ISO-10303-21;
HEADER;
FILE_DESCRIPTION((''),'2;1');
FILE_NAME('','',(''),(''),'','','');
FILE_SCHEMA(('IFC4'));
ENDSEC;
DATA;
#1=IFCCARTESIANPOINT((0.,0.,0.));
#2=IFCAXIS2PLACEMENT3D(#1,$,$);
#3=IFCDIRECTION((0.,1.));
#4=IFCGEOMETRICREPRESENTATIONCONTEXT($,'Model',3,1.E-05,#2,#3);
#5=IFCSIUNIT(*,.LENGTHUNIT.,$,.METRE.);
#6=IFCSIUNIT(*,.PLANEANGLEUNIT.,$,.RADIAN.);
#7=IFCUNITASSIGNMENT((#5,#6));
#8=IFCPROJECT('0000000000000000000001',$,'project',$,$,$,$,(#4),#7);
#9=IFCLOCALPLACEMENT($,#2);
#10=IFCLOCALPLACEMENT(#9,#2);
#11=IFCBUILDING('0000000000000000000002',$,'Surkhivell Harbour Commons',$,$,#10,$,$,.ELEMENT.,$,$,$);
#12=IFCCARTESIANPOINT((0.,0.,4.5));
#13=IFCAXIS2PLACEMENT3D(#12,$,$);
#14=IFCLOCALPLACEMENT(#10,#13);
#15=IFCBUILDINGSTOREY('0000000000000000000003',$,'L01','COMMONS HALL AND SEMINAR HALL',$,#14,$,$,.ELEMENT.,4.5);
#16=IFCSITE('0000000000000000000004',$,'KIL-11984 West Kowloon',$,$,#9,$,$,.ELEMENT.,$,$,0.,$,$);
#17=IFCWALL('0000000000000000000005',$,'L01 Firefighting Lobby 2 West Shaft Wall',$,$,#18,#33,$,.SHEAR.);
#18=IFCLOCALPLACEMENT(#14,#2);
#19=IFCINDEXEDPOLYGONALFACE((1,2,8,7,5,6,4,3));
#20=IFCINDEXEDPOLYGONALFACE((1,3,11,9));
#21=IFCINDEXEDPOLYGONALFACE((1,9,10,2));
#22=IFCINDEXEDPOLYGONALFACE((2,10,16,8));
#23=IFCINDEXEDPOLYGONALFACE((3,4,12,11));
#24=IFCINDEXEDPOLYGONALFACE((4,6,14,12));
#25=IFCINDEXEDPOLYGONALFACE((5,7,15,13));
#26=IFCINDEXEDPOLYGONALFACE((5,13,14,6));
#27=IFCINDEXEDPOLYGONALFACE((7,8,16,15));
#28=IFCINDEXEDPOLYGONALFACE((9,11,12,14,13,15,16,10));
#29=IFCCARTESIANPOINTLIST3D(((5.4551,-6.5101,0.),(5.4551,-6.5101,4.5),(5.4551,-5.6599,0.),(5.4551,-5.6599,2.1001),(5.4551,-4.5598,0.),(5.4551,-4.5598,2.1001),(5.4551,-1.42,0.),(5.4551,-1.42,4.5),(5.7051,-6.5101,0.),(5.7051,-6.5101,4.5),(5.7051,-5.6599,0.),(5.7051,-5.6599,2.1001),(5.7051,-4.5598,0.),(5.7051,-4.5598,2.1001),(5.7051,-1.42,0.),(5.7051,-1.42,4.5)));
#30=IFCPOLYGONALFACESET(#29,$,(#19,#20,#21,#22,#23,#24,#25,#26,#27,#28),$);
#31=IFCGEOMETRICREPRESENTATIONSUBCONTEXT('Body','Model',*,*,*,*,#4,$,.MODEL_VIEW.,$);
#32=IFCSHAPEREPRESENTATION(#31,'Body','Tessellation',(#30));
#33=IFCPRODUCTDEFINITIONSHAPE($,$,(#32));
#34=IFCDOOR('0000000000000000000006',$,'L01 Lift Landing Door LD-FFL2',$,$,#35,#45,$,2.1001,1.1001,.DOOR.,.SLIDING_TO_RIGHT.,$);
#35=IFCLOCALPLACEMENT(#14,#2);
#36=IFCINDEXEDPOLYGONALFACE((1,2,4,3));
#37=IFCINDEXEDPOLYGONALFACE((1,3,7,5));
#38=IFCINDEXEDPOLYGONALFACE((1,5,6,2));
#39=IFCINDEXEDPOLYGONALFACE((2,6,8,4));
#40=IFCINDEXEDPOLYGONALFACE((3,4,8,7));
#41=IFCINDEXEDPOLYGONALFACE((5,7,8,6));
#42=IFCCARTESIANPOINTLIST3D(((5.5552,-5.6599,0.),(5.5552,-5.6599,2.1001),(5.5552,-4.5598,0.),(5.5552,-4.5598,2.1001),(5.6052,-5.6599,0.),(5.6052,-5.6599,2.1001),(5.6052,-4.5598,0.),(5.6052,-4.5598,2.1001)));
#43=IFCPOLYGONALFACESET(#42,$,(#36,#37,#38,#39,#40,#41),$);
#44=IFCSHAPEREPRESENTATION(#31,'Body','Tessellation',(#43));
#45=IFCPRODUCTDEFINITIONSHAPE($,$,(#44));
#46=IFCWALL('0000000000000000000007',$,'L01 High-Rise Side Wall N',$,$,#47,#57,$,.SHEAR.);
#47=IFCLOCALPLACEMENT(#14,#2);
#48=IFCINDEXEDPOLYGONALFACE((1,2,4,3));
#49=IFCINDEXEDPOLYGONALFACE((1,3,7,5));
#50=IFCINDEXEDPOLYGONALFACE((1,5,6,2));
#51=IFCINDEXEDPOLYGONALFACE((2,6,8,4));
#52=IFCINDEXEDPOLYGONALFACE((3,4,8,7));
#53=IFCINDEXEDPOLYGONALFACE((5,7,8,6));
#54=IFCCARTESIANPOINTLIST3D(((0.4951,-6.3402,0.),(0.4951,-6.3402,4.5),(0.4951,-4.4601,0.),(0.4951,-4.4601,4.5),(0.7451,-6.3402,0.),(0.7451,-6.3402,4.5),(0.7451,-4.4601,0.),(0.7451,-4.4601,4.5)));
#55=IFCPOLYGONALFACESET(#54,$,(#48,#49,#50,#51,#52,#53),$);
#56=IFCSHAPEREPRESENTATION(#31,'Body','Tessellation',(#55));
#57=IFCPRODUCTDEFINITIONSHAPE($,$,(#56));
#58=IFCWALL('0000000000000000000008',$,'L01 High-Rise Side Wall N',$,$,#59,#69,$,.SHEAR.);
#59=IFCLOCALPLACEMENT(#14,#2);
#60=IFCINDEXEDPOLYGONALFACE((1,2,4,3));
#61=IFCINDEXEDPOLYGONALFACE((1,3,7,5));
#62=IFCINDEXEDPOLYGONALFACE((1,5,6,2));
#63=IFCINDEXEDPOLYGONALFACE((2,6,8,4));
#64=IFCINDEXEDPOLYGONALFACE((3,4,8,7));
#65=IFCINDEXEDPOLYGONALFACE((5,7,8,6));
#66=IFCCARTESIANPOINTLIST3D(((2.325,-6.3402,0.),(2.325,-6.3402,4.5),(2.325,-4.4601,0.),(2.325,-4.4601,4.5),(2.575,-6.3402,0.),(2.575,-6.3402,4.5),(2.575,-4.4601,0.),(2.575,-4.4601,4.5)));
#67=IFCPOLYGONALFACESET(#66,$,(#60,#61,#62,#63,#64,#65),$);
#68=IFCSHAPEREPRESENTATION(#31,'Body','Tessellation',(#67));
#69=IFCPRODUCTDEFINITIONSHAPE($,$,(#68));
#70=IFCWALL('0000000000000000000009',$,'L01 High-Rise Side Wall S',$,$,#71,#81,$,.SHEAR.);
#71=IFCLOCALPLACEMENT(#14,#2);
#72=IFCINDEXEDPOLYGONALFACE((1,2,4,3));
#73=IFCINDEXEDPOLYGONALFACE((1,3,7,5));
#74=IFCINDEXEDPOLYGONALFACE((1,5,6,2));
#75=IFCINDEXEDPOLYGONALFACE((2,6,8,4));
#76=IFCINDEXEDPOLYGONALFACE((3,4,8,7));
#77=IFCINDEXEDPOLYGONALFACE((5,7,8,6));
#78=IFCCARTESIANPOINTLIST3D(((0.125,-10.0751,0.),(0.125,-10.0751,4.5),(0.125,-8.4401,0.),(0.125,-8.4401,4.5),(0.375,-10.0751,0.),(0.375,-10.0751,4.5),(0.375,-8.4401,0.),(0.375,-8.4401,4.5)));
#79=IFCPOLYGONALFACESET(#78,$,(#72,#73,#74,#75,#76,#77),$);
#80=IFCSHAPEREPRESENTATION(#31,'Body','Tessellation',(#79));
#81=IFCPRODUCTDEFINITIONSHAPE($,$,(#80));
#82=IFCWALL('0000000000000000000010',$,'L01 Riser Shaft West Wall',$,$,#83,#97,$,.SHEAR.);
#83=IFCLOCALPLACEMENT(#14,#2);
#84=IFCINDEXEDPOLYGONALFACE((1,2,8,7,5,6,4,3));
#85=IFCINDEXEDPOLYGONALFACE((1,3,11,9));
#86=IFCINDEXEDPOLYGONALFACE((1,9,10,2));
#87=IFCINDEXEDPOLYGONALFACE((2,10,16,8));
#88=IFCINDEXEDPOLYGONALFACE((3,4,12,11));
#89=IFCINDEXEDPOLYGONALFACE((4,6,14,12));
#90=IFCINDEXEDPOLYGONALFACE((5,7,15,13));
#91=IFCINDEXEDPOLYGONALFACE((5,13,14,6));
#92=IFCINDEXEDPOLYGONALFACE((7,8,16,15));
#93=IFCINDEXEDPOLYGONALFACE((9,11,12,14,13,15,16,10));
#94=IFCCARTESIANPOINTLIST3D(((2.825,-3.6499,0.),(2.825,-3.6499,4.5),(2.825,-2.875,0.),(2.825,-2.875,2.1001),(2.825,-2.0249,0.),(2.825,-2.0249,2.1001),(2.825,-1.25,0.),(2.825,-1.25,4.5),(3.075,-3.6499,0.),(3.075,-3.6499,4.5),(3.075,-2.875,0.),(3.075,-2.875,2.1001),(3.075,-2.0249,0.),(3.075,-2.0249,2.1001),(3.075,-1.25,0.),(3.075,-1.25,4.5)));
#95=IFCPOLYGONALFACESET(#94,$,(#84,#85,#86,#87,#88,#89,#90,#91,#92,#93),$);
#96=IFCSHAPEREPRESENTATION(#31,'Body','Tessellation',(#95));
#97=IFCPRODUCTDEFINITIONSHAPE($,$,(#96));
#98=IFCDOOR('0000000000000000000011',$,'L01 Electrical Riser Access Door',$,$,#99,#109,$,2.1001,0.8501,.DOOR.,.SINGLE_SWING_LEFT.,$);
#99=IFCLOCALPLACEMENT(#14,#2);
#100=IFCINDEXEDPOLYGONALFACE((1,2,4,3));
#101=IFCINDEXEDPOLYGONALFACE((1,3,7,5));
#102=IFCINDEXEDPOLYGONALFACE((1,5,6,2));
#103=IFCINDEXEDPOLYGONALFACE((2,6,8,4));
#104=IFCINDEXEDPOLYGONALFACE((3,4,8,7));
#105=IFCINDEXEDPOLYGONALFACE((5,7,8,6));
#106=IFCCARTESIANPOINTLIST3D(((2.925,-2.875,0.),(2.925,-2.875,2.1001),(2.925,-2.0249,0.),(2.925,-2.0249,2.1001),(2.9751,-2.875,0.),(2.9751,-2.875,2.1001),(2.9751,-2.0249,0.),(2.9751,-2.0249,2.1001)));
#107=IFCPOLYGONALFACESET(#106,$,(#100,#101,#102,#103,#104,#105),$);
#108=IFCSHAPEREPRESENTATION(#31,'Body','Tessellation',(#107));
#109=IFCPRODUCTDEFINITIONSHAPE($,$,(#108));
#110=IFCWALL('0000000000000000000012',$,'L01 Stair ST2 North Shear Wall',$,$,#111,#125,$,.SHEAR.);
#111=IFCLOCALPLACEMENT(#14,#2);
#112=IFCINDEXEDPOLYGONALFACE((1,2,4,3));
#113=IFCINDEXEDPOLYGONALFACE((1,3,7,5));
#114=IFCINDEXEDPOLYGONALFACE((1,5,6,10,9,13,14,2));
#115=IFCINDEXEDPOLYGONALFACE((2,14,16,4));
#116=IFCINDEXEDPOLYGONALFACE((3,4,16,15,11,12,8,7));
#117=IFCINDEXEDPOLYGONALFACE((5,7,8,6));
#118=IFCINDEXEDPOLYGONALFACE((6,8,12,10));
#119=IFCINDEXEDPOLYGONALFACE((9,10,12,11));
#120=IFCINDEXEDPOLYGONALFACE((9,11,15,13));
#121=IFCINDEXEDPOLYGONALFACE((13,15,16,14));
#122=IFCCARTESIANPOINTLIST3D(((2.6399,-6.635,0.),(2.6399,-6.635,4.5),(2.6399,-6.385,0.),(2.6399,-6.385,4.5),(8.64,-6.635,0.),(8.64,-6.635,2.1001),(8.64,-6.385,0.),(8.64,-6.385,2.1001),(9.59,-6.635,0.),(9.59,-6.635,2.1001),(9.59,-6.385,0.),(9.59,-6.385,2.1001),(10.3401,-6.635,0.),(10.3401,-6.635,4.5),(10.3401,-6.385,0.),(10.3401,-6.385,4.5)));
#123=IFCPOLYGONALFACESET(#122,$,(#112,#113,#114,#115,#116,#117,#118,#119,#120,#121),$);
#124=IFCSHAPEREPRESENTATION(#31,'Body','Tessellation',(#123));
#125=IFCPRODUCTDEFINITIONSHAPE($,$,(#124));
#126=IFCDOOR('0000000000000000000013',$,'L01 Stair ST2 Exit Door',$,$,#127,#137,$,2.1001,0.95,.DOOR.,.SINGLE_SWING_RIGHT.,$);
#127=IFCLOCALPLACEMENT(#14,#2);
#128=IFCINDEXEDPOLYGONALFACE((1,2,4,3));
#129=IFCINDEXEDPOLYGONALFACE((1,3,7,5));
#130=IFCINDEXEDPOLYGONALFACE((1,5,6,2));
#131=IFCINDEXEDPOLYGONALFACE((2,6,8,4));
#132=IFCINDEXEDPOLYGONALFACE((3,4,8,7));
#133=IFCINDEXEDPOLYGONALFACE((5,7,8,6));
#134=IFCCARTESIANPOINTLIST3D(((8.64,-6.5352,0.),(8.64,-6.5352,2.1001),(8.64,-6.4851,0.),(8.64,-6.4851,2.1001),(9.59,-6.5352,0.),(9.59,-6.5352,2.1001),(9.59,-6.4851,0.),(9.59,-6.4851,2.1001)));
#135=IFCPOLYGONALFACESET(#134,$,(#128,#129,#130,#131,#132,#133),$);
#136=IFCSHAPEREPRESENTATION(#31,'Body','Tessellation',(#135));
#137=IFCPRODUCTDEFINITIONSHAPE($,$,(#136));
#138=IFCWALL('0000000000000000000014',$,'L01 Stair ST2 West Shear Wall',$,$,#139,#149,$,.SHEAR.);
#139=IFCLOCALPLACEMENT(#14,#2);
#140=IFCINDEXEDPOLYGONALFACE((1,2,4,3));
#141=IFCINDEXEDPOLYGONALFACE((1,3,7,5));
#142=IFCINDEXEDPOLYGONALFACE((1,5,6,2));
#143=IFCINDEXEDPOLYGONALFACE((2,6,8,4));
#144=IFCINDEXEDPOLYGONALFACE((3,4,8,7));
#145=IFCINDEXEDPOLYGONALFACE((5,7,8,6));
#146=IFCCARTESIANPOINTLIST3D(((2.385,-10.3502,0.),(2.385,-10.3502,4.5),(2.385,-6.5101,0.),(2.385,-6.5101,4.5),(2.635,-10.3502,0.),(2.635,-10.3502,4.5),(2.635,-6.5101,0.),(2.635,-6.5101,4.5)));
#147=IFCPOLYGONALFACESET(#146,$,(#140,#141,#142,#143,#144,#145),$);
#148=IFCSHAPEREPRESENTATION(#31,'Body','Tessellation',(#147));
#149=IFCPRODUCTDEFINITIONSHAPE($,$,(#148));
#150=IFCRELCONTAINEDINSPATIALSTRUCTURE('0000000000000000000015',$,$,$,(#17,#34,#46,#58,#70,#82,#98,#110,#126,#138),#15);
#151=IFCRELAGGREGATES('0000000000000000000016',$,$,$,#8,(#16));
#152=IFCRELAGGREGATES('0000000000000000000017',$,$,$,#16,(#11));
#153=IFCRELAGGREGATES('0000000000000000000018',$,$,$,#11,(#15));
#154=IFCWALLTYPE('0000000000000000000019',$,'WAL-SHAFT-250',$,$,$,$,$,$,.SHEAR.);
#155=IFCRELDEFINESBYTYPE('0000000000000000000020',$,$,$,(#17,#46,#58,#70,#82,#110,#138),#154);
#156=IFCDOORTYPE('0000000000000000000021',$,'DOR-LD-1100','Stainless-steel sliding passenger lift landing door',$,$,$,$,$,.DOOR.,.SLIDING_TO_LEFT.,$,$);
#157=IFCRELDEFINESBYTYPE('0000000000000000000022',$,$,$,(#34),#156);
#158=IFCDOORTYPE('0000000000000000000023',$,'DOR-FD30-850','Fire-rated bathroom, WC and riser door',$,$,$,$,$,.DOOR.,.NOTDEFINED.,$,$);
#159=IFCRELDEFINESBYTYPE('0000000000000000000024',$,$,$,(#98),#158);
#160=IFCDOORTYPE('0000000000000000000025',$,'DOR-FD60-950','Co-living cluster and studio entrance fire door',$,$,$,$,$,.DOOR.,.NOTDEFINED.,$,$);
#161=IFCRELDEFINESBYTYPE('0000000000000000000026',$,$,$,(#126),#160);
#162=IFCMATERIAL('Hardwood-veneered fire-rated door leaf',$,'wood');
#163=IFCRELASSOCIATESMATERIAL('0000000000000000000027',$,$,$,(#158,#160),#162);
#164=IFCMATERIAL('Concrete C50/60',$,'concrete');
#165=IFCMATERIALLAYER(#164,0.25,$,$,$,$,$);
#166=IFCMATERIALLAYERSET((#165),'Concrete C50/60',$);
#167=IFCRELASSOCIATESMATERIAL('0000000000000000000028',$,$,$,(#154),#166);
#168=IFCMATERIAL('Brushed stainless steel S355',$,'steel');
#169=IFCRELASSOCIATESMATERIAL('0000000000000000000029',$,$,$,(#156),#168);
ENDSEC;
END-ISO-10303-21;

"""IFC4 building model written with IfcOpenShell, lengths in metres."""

from ifc_helpers import new_model, si_unit, direction, frame, frame_2d, origin, place, context, subcontext, project, spatial, rectangle, extrude, material, layer, layer_set, type_object, element, fill, save


model = new_model("IFC4")

# Units and contexts
model_context = context("Model", 3, precision=1e-05, world=origin(), true_north=direction((0.0, 1.0)))
body_context = subcontext(model_context, "Body", "Model", "MODEL_VIEW")
ifc_project = project(units=[si_unit("LENGTHUNIT", "METRE"), si_unit("PLANEANGLEUNIT", "RADIAN")], contexts=[model_context])

# Site, building, storey
site_placement = place(None, origin())
site = spatial("IfcSite", under=ifc_project, at=site_placement, Name="KIL-11984 West Kowloon", CompositionType="ELEMENT", RefElevation=0.0)
building_placement = place(site_placement, origin())
building = spatial("IfcBuilding", under=site, at=building_placement, Name="Surkhivell Harbour Commons", CompositionType="ELEMENT")
storey_placement = place(building_placement, frame((0.0, 0.0, 4.5)))
storey = spatial("IfcBuildingStorey", under=building, at=storey_placement, Name="L01", Description="COMMONS HALL AND SEMINAR HALL", CompositionType="ELEMENT", Elevation=4.5)

# Shared definitions
ifc_material_1 = material(Name="Hardwood-veneered fire-rated door leaf", Category="wood")

# Shared definitions
door_type_1 = type_object("IfcDoorType", Name="DOR-FD30-850", Description="Fire-rated bathroom, WC and riser door", OperationType="NOTDEFINED", PredefinedType="DOOR", material=ifc_material_1)

# Shared definitions
ifc_material_2 = material(Name="Concrete C50/60", Category="concrete")
ifc_layer_1 = layer(ifc_material_2, 0.25)
ifc_layer_set_1 = layer_set([ifc_layer_1], Name="Concrete C50/60")
wall_type_1 = type_object("IfcWallType", Name="WAL-SHAFT-250", PredefinedType="SHEAR", material=ifc_layer_set_1)

# Wall, opening, door
wall_1_placement = place(storey_placement, frame((5.5801, -6.51, 0.0), z_axis=(0.0, 0.0, 1.0), x_axis=(0.0, 1.0, 0.0)))
wall_1 = element("IfcWall", 1, at=wall_1_placement, inside=storey, type_object=wall_type_1, Name="L01 Firefighting Lobby 2 West Shaft Wall", PredefinedType="SHEAR", context=body_context, shape_type="SweptSolid", body=[
    extrude(rectangle(XDim=5.0901, YDim=0.25, at=frame_2d((2.5449, 0.0))), origin(), (0.0, 0.0, 1.0), 4.5),
])
opening_1_placement = place(wall_1_placement, frame((0.8501, 0.0, 0.0)))
opening_1 = element("IfcOpeningElement", 2, at=opening_1_placement, cuts=wall_1, PredefinedType="OPENING", context=body_context, shape_type="SweptSolid", body=[
    extrude(rectangle(XDim=1.1001, YDim=2.1001, at=frame_2d((0.55, 1.05))), frame((0.0, 0.135, 0.0), z_axis=(0.0, -1.0, 0.0), x_axis=(1.0, 0.0, 0.0)), (0.0, 0.0, 1.0), 0.27),
])
ifc_material_3 = material(Name="Brushed stainless steel S355", Category="steel")
door_type_2 = type_object("IfcDoorType", Name="DOR-LD-1100", Description="Stainless-steel sliding passenger lift landing door", OperationType="SLIDING_TO_LEFT", PredefinedType="DOOR", material=ifc_material_3)
door_1_placement = place(opening_1_placement, origin())
door_1 = element("IfcDoor", 3, at=door_1_placement, inside=storey, type_object=door_type_2, Name="L01 Lift Landing Door LD-FFL2", OperationType="SLIDING_TO_RIGHT", OverallHeight=2.1001, OverallWidth=1.1001, PredefinedType="DOOR", context=body_context, shape_type="SweptSolid", body=[
    extrude(rectangle(XDim=1.1001, YDim=2.1001, at=frame_2d((0.55, 1.05))), frame((0.0, 0.0249, 0.0), z_axis=(0.0, -1.0, 0.0), x_axis=(1.0, 0.0, 0.0)), (0.0, 0.0, 1.0), 0.05),
])
fill(opening_1, door_1)

# Walls
for number, where, z_axis, x_axis, name in (
    (4, (0.6201, -6.3401, 0.0), (0.0, 0.0, 1.0), (0.0, 1.0, 0.0), "L01 High-Rise Side Wall N"),
    (5, (2.45, -6.3401, 0.0), (0.0, 0.0, 1.0), (0.0, 1.0, 0.0), "L01 High-Rise Side Wall N"),
):
    element("IfcWall", number, at=place(storey_placement, frame(where, z_axis=z_axis, x_axis=x_axis)), inside=storey, type_object=wall_type_1, Name=name, PredefinedType="SHEAR", context=body_context, shape_type="SweptSolid", body=[
        extrude(rectangle(XDim=1.8801, YDim=0.25, at=frame_2d((0.9399, 0.0))), origin(), (0.0, 0.0, 1.0), 4.5),
    ])
wall_2_placement = place(storey_placement, frame((0.25, -10.075, 0.0), z_axis=(0.0, 0.0, 1.0), x_axis=(0.0, 1.0, 0.0)))
element("IfcWall", 6, at=wall_2_placement, inside=storey, type_object=wall_type_1, Name="L01 High-Rise Side Wall S", PredefinedType="SHEAR", context=body_context, shape_type="SweptSolid", body=[
    extrude(rectangle(XDim=1.635, YDim=0.25, at=frame_2d((0.8174, 0.0))), origin(), (0.0, 0.0, 1.0), 4.5),
])

# Walls, openings, doors
wall_3_placement = place(storey_placement, frame((2.95, -3.6499, 0.0), z_axis=(0.0, 0.0, 1.0), x_axis=(0.0, 1.0, 0.0)))
wall_3 = element("IfcWall", 7, at=wall_3_placement, inside=storey, type_object=wall_type_1, Name="L01 Riser Shaft West Wall", PredefinedType="SHEAR", context=body_context, shape_type="SweptSolid", body=[
    extrude(rectangle(XDim=2.3999, YDim=0.25, at=frame_2d((1.2, 0.0))), origin(), (0.0, 0.0, 1.0), 4.5),
])
opening_2_placement = place(wall_3_placement, frame((0.7749, 0.0, 0.0)))
opening_2 = element("IfcOpeningElement", 8, at=opening_2_placement, cuts=wall_3, PredefinedType="OPENING", context=body_context, shape_type="SweptSolid", body=[
    extrude(rectangle(XDim=0.8501, YDim=2.1001, at=frame_2d((0.425, 1.05))), frame((0.0, 0.135, 0.0), z_axis=(0.0, -1.0, 0.0), x_axis=(1.0, 0.0, 0.0)), (0.0, 0.0, 1.0), 0.27),
])
door_2_placement = place(opening_2_placement, origin())
door_2 = element("IfcDoor", 9, at=door_2_placement, inside=storey, type_object=door_type_1, Name="L01 Electrical Riser Access Door", OperationType="SINGLE_SWING_LEFT", OverallHeight=2.1001, OverallWidth=0.8501, PredefinedType="DOOR", context=body_context, shape_type="SweptSolid", body=[
    extrude(rectangle(XDim=0.8501, YDim=2.1001, at=frame_2d((0.425, 1.05))), frame((0.0, 0.0249, 0.0), z_axis=(0.0, -1.0, 0.0), x_axis=(1.0, 0.0, 0.0)), (0.0, 0.0, 1.0), 0.05),
])
fill(opening_2, door_2)
wall_4_placement = place(storey_placement, frame((2.6399, -6.51, 0.0), z_axis=(0.0, 0.0, 1.0), x_axis=(1.0, 0.0, 0.0)))
wall_4 = element("IfcWall", 10, at=wall_4_placement, inside=storey, type_object=wall_type_1, Name="L01 Stair ST2 North Shear Wall", PredefinedType="SHEAR", context=body_context, shape_type="SweptSolid", body=[
    extrude(rectangle(XDim=7.7002, YDim=0.25, at=frame_2d((3.8501, 0.0))), origin(), (0.0, 0.0, 1.0), 4.5),
])
opening_3_placement = place(wall_4_placement, frame((6.0, 0.0, 0.0)))
opening_3 = element("IfcOpeningElement", 11, at=opening_3_placement, cuts=wall_4, PredefinedType="OPENING", context=body_context, shape_type="SweptSolid", body=[
    extrude(rectangle(XDim=0.95, YDim=2.1001, at=frame_2d((0.4751, 1.05))), frame((0.0, 0.135, 0.0), z_axis=(0.0, -1.0, 0.0), x_axis=(1.0, 0.0, 0.0)), (0.0, 0.0, 1.0), 0.27),
])
door_type_3 = type_object("IfcDoorType", Name="DOR-FD60-950", Description="Co-living cluster and studio entrance fire door", OperationType="NOTDEFINED", PredefinedType="DOOR", material=ifc_material_1)
door_3_placement = place(opening_3_placement, origin())
door_3 = element("IfcDoor", 12, at=door_3_placement, inside=storey, type_object=door_type_3, Name="L01 Stair ST2 Exit Door", OperationType="SINGLE_SWING_RIGHT", OverallHeight=2.1001, OverallWidth=0.95, PredefinedType="DOOR", context=body_context, shape_type="SweptSolid", body=[
    extrude(rectangle(XDim=0.95, YDim=2.1001, at=frame_2d((0.4751, 1.05))), frame((0.0, 0.0249, 0.0), z_axis=(0.0, -1.0, 0.0), x_axis=(1.0, 0.0, 0.0)), (0.0, 0.0, 1.0), 0.05),
])
fill(opening_3, door_3)

# Wall
wall_5_placement = place(storey_placement, frame((2.51, -10.3501, 0.0), z_axis=(0.0, 0.0, 1.0), x_axis=(0.0, 1.0, 0.0)))
element("IfcWall", 13, at=wall_5_placement, inside=storey, type_object=wall_type_1, Name="L01 Stair ST2 West Shear Wall", PredefinedType="SHEAR", context=body_context, shape_type="SweptSolid", body=[
    extrude(rectangle(XDim=3.8401, YDim=0.25, at=frame_2d((1.9199, 0.0))), origin(), (0.0, 0.0, 1.0), 4.5),
])

save(model, "model.ifc")
